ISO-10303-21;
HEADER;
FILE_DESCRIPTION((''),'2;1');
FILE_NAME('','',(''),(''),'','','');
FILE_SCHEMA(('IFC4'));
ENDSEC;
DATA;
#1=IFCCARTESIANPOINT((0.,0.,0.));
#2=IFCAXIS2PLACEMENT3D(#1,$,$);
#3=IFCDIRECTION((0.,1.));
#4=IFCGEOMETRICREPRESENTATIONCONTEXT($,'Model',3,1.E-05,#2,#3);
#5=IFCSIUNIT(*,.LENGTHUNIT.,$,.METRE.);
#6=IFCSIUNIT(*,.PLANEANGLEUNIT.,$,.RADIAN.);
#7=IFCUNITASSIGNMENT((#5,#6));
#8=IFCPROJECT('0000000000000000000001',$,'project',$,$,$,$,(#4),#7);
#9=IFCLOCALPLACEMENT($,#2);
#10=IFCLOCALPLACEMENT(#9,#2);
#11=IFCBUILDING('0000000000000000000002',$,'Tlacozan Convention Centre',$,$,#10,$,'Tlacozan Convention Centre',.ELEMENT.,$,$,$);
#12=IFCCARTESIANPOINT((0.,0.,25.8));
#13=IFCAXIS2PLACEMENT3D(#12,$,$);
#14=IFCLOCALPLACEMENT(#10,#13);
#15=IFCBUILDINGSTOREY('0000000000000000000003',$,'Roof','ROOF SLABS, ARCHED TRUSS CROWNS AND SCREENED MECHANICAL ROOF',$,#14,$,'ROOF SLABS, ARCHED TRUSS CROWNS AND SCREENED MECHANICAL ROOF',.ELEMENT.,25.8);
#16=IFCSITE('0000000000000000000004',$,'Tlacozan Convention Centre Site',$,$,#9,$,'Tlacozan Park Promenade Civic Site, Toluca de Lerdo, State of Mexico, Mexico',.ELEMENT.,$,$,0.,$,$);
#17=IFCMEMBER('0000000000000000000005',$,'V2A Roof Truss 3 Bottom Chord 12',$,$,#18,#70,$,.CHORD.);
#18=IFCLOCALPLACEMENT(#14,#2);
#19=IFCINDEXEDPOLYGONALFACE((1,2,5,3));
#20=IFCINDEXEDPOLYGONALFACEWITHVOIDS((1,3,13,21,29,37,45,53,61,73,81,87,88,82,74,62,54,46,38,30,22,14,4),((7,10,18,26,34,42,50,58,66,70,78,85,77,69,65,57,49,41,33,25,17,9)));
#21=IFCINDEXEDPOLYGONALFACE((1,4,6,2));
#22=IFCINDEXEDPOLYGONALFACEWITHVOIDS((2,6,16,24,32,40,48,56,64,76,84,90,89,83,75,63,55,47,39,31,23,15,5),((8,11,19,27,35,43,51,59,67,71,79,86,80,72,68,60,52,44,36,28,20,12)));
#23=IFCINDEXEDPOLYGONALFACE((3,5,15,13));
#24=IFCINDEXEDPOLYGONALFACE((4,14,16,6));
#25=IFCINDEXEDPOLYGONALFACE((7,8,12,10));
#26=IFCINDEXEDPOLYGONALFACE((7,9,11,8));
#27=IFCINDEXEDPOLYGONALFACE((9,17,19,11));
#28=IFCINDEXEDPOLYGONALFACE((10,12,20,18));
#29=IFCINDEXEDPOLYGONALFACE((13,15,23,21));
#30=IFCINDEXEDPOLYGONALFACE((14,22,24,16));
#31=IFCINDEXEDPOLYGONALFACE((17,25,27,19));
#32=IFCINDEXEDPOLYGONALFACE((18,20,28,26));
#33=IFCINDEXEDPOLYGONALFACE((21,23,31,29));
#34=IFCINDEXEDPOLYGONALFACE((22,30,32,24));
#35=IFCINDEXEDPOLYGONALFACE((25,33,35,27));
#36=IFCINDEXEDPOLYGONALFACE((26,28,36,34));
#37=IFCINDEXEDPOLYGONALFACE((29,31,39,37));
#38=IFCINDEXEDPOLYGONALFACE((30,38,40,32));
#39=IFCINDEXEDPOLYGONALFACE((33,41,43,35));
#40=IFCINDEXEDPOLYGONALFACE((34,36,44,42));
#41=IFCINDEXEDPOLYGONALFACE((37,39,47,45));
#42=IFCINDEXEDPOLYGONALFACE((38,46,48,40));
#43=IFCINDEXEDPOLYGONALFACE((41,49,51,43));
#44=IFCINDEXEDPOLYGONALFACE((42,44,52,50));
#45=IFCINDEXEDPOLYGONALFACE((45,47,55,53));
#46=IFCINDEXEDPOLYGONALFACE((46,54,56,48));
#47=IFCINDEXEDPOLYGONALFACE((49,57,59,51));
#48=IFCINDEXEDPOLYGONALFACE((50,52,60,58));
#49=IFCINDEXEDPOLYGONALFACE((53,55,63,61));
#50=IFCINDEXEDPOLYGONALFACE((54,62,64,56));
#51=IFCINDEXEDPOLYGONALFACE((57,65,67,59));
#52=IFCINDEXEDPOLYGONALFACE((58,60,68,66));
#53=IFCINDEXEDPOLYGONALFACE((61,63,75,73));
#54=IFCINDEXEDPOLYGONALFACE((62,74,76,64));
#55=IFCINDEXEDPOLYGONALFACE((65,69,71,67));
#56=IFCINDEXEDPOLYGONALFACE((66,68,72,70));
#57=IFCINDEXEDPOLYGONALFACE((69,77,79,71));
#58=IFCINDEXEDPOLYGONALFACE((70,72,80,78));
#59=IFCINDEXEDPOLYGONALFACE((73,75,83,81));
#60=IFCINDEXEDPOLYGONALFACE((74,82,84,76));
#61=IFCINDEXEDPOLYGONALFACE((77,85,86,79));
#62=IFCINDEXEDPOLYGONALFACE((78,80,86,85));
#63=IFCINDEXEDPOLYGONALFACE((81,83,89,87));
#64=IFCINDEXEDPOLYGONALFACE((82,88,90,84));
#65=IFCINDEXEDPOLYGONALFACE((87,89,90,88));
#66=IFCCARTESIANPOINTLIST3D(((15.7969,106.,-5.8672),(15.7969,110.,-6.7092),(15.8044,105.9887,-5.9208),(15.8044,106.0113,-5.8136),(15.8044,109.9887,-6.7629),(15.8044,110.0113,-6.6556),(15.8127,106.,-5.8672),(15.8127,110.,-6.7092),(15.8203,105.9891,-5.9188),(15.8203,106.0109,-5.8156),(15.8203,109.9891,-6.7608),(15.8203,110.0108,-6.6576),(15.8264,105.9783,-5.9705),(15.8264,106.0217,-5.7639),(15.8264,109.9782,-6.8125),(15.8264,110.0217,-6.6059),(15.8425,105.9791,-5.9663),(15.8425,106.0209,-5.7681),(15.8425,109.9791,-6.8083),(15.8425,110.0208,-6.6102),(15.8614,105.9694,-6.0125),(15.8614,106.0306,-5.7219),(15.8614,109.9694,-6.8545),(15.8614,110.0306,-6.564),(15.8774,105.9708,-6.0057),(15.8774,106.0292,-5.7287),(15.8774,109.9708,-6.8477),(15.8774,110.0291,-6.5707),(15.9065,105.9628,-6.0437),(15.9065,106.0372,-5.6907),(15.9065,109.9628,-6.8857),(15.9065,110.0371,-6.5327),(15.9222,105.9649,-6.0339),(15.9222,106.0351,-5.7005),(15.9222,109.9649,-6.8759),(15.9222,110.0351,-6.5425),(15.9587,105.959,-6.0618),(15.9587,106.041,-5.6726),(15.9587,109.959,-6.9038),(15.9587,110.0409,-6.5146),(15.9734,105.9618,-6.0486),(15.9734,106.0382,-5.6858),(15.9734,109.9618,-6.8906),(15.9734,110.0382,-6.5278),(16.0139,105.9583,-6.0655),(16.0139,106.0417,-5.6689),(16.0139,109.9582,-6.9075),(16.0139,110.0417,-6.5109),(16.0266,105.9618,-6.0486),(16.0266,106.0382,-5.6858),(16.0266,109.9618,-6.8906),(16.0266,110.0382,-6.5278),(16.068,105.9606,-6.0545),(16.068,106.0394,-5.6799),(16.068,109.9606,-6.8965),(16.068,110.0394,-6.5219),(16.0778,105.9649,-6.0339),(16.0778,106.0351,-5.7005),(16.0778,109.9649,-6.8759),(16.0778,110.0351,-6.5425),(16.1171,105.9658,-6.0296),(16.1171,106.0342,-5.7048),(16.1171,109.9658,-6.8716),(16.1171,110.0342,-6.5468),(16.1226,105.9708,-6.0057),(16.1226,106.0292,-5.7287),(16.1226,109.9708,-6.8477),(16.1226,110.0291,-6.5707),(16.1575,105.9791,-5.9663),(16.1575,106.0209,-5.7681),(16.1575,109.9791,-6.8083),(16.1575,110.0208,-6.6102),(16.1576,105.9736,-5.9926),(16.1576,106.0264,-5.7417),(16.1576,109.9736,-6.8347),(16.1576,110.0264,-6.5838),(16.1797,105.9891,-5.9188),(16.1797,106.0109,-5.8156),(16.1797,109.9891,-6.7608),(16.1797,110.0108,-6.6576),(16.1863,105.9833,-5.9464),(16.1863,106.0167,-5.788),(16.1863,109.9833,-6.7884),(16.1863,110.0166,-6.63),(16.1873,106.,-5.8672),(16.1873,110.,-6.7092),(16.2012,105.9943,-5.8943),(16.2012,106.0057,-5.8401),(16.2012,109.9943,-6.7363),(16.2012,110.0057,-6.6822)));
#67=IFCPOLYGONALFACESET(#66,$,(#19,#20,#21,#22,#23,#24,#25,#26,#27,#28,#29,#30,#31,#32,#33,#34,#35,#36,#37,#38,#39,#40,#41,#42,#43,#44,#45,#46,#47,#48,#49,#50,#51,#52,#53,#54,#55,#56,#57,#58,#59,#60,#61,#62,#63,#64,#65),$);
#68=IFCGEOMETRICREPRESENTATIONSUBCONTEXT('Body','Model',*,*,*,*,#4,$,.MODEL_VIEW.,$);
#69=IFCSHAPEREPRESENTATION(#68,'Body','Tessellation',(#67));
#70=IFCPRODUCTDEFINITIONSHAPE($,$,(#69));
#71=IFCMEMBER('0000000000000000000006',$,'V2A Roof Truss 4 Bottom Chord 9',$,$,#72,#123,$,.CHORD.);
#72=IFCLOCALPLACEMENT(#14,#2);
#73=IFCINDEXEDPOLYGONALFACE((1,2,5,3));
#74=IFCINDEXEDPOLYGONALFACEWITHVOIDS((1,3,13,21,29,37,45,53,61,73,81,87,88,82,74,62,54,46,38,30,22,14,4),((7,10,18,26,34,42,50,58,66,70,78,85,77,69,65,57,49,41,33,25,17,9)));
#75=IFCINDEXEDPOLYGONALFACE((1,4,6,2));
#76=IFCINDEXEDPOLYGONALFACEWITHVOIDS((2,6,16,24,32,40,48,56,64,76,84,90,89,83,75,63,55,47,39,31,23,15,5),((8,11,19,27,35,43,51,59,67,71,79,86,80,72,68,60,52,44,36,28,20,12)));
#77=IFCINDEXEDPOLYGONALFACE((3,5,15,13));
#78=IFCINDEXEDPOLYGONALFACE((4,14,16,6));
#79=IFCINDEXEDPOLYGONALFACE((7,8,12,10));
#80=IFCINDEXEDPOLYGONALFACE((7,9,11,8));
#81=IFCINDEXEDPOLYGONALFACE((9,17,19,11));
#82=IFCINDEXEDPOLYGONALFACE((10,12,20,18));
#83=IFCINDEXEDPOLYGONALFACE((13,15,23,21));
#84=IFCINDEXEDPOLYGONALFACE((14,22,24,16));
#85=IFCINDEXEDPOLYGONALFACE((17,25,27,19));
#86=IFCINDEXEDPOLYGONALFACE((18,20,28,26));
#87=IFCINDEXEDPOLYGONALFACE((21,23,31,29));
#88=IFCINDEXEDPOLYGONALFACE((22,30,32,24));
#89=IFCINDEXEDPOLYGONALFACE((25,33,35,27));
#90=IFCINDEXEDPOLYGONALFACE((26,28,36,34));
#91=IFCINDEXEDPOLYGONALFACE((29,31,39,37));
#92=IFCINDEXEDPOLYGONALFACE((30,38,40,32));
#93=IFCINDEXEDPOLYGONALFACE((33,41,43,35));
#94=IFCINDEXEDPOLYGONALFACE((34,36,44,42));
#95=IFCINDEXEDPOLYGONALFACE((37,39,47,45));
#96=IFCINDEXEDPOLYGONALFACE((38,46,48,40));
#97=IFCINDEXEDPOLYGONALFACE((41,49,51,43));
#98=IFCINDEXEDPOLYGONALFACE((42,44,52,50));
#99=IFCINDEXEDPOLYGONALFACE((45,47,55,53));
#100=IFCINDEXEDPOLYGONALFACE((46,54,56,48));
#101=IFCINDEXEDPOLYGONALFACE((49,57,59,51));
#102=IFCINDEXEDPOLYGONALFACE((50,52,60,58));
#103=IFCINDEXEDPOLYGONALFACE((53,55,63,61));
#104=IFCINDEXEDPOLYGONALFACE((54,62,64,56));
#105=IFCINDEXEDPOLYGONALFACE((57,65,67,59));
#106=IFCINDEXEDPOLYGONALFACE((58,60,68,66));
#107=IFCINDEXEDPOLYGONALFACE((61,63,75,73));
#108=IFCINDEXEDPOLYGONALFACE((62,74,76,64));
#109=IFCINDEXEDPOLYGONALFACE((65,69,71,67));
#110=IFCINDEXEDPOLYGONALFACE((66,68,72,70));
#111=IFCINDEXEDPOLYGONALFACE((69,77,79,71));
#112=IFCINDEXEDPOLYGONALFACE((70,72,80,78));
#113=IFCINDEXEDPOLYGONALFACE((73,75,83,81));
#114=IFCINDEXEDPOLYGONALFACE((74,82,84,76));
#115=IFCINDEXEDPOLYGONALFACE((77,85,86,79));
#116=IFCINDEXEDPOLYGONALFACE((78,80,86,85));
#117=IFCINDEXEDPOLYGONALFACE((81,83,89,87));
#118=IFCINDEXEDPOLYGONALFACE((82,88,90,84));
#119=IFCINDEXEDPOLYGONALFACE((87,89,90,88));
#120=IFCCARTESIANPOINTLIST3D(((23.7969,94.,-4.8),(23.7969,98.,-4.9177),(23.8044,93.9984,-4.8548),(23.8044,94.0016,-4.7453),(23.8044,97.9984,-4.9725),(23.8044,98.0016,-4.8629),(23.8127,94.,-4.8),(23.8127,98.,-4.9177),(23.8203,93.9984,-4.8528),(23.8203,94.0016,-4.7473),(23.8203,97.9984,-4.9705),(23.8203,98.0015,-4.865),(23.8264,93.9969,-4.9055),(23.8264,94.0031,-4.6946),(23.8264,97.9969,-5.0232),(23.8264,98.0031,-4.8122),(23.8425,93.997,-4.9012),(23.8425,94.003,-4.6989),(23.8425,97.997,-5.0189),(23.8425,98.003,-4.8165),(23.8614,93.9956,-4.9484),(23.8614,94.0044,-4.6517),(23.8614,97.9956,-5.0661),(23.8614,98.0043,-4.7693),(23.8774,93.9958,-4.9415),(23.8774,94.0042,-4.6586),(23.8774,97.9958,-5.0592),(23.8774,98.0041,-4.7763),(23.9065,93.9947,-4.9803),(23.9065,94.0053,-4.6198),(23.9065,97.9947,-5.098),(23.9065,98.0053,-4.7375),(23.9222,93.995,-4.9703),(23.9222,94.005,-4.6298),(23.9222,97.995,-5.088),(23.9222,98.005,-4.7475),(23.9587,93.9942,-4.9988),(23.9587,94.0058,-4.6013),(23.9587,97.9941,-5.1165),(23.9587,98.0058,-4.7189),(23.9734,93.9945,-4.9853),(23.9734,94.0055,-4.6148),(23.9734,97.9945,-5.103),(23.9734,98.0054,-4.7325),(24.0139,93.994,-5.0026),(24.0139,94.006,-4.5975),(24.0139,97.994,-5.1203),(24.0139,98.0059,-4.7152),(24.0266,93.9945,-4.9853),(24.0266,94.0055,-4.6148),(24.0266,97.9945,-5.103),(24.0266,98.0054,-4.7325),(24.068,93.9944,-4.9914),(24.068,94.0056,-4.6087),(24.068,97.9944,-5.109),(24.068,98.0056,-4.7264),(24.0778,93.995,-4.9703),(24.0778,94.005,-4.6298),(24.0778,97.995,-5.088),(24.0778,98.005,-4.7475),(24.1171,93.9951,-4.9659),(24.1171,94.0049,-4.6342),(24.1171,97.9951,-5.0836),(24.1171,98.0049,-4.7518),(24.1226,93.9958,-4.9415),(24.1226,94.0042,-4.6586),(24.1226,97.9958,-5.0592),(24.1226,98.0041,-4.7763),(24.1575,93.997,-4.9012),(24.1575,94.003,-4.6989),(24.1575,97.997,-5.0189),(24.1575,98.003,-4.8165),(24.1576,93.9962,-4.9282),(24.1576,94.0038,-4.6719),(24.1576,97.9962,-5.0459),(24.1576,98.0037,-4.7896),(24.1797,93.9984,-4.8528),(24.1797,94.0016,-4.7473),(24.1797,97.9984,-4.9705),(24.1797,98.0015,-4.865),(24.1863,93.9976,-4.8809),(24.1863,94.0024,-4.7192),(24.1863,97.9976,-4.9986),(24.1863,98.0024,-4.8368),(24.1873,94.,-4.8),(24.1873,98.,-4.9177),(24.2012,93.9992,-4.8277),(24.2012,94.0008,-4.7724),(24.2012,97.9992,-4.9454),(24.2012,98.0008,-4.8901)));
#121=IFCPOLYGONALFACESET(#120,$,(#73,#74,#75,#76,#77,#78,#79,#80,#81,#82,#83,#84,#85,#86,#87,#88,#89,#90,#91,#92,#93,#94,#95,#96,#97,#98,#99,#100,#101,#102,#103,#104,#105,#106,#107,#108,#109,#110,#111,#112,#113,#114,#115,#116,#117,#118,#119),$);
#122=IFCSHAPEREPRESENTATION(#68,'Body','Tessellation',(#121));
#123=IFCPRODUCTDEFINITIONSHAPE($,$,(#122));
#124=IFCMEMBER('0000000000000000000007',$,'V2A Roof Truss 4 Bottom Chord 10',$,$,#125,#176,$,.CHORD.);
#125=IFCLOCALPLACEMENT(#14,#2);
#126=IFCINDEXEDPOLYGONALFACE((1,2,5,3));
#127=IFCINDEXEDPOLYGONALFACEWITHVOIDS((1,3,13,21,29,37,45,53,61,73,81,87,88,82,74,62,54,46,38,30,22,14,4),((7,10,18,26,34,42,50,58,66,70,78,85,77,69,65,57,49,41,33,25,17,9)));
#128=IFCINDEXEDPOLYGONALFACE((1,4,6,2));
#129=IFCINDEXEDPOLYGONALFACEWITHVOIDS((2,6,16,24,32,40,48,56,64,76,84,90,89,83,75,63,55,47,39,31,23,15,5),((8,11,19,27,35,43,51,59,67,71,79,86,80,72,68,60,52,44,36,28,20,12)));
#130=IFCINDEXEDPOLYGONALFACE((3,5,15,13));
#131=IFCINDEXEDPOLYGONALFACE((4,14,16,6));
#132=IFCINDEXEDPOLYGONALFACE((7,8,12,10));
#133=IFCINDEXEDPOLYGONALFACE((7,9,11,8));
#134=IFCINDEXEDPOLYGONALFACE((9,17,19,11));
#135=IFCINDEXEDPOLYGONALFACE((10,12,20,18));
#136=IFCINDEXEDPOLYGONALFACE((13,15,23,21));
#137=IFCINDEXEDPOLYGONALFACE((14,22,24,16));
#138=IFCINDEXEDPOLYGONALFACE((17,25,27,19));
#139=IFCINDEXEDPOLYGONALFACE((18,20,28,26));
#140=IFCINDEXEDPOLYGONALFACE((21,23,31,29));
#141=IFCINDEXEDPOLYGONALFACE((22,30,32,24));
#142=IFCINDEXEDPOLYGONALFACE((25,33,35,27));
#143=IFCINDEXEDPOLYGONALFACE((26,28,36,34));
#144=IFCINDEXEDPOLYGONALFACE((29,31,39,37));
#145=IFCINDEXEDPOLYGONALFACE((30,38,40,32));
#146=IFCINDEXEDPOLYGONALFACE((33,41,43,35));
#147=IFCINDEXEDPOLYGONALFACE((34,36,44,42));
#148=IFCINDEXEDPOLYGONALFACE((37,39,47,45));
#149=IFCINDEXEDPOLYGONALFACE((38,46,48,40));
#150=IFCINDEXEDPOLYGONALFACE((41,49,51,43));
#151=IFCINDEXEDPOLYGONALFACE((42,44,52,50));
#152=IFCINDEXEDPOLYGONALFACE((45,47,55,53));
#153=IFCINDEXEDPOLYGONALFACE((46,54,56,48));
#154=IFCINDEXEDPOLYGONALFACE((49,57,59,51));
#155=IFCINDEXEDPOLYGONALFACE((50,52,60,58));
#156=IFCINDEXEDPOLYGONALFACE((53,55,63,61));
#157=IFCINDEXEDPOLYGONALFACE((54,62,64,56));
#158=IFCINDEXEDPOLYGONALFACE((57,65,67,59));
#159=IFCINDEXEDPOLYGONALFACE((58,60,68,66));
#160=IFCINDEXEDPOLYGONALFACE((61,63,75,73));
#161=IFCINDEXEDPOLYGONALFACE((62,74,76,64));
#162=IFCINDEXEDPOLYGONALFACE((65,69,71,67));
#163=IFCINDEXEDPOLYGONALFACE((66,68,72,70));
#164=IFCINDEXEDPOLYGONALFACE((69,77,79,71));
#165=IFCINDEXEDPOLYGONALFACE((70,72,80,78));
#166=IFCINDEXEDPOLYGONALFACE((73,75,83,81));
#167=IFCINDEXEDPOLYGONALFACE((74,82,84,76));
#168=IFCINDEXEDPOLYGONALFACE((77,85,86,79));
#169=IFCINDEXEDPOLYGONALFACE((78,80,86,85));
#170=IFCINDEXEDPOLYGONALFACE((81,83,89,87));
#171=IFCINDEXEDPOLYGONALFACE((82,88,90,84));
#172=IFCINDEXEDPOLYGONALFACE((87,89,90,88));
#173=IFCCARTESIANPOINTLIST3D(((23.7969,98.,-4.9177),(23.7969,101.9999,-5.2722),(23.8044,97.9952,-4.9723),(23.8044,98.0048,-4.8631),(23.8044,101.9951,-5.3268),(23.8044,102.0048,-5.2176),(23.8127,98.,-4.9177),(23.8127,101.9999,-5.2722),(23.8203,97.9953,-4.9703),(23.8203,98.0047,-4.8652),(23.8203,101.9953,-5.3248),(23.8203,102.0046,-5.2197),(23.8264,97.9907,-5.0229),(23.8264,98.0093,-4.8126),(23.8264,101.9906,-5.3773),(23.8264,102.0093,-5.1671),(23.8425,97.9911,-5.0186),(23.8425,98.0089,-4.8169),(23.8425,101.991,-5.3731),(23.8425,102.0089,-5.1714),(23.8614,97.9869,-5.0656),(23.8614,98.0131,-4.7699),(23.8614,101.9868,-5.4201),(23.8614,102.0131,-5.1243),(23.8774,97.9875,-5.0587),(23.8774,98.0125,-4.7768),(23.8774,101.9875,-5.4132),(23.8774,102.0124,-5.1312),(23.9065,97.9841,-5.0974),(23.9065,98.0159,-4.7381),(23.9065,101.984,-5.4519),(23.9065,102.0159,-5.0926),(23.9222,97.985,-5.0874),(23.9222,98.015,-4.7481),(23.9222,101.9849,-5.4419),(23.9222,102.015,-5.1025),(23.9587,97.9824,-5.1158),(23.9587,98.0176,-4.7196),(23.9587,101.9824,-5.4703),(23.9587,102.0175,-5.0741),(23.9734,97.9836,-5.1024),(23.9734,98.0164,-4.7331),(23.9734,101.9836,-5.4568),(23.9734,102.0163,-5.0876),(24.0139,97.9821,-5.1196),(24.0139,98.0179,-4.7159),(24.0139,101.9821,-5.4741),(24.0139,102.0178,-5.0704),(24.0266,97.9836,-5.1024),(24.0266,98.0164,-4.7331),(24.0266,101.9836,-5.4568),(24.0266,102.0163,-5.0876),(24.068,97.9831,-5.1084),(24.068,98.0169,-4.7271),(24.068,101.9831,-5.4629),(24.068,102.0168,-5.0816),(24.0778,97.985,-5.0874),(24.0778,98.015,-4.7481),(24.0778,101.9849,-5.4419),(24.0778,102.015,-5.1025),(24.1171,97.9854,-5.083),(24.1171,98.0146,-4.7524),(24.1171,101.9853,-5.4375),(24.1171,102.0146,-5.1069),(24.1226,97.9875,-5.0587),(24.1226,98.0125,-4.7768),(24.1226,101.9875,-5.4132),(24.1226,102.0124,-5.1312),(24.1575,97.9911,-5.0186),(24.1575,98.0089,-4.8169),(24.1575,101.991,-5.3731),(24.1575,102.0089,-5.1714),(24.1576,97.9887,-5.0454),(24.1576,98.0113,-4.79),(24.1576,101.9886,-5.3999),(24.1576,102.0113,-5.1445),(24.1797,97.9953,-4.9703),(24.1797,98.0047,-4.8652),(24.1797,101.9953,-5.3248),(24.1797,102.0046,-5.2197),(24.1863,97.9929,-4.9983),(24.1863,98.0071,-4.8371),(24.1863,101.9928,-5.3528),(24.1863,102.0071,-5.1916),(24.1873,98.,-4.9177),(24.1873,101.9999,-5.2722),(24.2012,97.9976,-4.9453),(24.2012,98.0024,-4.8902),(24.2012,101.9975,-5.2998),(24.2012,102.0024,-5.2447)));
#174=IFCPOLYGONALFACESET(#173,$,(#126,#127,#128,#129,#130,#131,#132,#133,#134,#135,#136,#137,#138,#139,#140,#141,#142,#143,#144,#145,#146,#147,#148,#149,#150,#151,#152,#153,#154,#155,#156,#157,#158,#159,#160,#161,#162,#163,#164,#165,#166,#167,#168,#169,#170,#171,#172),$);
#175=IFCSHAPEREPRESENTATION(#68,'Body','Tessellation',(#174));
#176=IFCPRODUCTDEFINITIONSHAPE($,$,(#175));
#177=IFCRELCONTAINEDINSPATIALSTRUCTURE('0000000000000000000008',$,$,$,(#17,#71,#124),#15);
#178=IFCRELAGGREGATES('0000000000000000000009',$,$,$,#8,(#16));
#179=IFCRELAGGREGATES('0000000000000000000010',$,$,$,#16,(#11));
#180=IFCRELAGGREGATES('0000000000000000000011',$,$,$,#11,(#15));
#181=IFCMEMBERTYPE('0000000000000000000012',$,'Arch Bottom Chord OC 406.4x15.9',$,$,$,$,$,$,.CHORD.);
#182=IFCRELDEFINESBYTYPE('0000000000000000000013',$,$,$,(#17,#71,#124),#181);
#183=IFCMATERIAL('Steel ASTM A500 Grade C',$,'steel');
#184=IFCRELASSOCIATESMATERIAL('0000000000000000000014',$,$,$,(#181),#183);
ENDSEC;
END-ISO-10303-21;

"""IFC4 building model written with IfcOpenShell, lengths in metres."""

from ifc_helpers import new_model, si_unit, direction, frame, origin, origin_2d, place, context, subcontext, project, spatial, hollow_circle, extrude, material, material_profile, profile_set, type_object, element, save


model = new_model("IFC4")

# Units and contexts
model_context = context("Model", 3, precision=1e-05, world=origin(), true_north=direction((0.0, 1.0)))
body_context = subcontext(model_context, "Body", "Model", "MODEL_VIEW")
ifc_project = project(units=[si_unit("LENGTHUNIT", "METRE"), si_unit("PLANEANGLEUNIT", "RADIAN")], contexts=[model_context])

# Site, building, storey
site_placement = place(None, origin())
site = spatial("IfcSite", under=ifc_project, at=site_placement, Name="Tlacozan Convention Centre Site", LongName="Tlacozan Park Promenade Civic Site, Toluca de Lerdo, State of Mexico, Mexico", CompositionType="ELEMENT", RefElevation=0.0)
building_placement = place(site_placement, origin())
building = spatial("IfcBuilding", under=site, at=building_placement, Name="Tlacozan Convention Centre", LongName="Tlacozan Convention Centre", CompositionType="ELEMENT")
storey_placement = place(building_placement, frame((0.0, 0.0, 25.8)))
storey = spatial("IfcBuildingStorey", under=building, at=storey_placement, Name="Roof", Description="ROOF SLABS, ARCHED TRUSS CROWNS AND SCREENED MECHANICAL ROOF", LongName="ROOF SLABS, ARCHED TRUSS CROWNS AND SCREENED MECHANICAL ROOF", CompositionType="ELEMENT", Elevation=25.8)

# Members
ifc_material_1 = material(Name="Steel ASTM A500 Grade C", Category="steel")
ifc_material_profile_1 = material_profile(ifc_material_1, hollow_circle(Radius=0.2031, WallThickness=0.0159, at=origin_2d()), Name="OC 406.4x15.9")
ifc_profile_set_1 = profile_set([ifc_material_profile_1], Name="Steel ASTM A500 Grade C")
member_type_1 = type_object("IfcMemberType", Name="Arch Bottom Chord OC 406.4x15.9", PredefinedType="CHORD", material=ifc_profile_set_1)
member_1_placement = place(storey_placement, frame((16.0, 106.0, -5.8672), z_axis=(0.0, 0.978553, -0.205995), x_axis=(-1.0, 0.0, 0.0)))
element("IfcMember", 1, at=member_1_placement, inside=storey, type_object=member_type_1, Name="V2A Roof Truss 3 Bottom Chord 12", PredefinedType="CHORD", context=body_context, shape_type="SweptSolid", body=[
    extrude(hollow_circle(Radius=0.2031, WallThickness=0.0159, at=origin_2d()), origin(), (0.0, 0.0, 1.0), 4.0876),
])
member_2_placement = place(storey_placement, frame((24.0, 94.0, -4.8), z_axis=(0.0, 0.999568, -0.029406), x_axis=(-1.0, 0.0, 0.0)))
element("IfcMember", 2, at=member_2_placement, inside=storey, type_object=member_type_1, Name="V2A Roof Truss 4 Bottom Chord 9", PredefinedType="CHORD", context=body_context, shape_type="SweptSolid", body=[
    extrude(hollow_circle(Radius=0.2031, WallThickness=0.0159, at=origin_2d()), origin(), (0.0, 0.0, 1.0), 4.0017),
])
member_3_placement = place(storey_placement, frame((24.0, 98.0, -4.9177), z_axis=(0.0, 0.996096, -0.088277), x_axis=(-1.0, 0.0, 0.0)))
element("IfcMember", 3, at=member_3_placement, inside=storey, type_object=member_type_1, Name="V2A Roof Truss 4 Bottom Chord 10", PredefinedType="CHORD", context=body_context, shape_type="SweptSolid", body=[
    extrude(hollow_circle(Radius=0.2031, WallThickness=0.0159, at=origin_2d()), origin(), (0.0, 0.0, 1.0), 4.0156),
])

save(model, "model.ifc")
